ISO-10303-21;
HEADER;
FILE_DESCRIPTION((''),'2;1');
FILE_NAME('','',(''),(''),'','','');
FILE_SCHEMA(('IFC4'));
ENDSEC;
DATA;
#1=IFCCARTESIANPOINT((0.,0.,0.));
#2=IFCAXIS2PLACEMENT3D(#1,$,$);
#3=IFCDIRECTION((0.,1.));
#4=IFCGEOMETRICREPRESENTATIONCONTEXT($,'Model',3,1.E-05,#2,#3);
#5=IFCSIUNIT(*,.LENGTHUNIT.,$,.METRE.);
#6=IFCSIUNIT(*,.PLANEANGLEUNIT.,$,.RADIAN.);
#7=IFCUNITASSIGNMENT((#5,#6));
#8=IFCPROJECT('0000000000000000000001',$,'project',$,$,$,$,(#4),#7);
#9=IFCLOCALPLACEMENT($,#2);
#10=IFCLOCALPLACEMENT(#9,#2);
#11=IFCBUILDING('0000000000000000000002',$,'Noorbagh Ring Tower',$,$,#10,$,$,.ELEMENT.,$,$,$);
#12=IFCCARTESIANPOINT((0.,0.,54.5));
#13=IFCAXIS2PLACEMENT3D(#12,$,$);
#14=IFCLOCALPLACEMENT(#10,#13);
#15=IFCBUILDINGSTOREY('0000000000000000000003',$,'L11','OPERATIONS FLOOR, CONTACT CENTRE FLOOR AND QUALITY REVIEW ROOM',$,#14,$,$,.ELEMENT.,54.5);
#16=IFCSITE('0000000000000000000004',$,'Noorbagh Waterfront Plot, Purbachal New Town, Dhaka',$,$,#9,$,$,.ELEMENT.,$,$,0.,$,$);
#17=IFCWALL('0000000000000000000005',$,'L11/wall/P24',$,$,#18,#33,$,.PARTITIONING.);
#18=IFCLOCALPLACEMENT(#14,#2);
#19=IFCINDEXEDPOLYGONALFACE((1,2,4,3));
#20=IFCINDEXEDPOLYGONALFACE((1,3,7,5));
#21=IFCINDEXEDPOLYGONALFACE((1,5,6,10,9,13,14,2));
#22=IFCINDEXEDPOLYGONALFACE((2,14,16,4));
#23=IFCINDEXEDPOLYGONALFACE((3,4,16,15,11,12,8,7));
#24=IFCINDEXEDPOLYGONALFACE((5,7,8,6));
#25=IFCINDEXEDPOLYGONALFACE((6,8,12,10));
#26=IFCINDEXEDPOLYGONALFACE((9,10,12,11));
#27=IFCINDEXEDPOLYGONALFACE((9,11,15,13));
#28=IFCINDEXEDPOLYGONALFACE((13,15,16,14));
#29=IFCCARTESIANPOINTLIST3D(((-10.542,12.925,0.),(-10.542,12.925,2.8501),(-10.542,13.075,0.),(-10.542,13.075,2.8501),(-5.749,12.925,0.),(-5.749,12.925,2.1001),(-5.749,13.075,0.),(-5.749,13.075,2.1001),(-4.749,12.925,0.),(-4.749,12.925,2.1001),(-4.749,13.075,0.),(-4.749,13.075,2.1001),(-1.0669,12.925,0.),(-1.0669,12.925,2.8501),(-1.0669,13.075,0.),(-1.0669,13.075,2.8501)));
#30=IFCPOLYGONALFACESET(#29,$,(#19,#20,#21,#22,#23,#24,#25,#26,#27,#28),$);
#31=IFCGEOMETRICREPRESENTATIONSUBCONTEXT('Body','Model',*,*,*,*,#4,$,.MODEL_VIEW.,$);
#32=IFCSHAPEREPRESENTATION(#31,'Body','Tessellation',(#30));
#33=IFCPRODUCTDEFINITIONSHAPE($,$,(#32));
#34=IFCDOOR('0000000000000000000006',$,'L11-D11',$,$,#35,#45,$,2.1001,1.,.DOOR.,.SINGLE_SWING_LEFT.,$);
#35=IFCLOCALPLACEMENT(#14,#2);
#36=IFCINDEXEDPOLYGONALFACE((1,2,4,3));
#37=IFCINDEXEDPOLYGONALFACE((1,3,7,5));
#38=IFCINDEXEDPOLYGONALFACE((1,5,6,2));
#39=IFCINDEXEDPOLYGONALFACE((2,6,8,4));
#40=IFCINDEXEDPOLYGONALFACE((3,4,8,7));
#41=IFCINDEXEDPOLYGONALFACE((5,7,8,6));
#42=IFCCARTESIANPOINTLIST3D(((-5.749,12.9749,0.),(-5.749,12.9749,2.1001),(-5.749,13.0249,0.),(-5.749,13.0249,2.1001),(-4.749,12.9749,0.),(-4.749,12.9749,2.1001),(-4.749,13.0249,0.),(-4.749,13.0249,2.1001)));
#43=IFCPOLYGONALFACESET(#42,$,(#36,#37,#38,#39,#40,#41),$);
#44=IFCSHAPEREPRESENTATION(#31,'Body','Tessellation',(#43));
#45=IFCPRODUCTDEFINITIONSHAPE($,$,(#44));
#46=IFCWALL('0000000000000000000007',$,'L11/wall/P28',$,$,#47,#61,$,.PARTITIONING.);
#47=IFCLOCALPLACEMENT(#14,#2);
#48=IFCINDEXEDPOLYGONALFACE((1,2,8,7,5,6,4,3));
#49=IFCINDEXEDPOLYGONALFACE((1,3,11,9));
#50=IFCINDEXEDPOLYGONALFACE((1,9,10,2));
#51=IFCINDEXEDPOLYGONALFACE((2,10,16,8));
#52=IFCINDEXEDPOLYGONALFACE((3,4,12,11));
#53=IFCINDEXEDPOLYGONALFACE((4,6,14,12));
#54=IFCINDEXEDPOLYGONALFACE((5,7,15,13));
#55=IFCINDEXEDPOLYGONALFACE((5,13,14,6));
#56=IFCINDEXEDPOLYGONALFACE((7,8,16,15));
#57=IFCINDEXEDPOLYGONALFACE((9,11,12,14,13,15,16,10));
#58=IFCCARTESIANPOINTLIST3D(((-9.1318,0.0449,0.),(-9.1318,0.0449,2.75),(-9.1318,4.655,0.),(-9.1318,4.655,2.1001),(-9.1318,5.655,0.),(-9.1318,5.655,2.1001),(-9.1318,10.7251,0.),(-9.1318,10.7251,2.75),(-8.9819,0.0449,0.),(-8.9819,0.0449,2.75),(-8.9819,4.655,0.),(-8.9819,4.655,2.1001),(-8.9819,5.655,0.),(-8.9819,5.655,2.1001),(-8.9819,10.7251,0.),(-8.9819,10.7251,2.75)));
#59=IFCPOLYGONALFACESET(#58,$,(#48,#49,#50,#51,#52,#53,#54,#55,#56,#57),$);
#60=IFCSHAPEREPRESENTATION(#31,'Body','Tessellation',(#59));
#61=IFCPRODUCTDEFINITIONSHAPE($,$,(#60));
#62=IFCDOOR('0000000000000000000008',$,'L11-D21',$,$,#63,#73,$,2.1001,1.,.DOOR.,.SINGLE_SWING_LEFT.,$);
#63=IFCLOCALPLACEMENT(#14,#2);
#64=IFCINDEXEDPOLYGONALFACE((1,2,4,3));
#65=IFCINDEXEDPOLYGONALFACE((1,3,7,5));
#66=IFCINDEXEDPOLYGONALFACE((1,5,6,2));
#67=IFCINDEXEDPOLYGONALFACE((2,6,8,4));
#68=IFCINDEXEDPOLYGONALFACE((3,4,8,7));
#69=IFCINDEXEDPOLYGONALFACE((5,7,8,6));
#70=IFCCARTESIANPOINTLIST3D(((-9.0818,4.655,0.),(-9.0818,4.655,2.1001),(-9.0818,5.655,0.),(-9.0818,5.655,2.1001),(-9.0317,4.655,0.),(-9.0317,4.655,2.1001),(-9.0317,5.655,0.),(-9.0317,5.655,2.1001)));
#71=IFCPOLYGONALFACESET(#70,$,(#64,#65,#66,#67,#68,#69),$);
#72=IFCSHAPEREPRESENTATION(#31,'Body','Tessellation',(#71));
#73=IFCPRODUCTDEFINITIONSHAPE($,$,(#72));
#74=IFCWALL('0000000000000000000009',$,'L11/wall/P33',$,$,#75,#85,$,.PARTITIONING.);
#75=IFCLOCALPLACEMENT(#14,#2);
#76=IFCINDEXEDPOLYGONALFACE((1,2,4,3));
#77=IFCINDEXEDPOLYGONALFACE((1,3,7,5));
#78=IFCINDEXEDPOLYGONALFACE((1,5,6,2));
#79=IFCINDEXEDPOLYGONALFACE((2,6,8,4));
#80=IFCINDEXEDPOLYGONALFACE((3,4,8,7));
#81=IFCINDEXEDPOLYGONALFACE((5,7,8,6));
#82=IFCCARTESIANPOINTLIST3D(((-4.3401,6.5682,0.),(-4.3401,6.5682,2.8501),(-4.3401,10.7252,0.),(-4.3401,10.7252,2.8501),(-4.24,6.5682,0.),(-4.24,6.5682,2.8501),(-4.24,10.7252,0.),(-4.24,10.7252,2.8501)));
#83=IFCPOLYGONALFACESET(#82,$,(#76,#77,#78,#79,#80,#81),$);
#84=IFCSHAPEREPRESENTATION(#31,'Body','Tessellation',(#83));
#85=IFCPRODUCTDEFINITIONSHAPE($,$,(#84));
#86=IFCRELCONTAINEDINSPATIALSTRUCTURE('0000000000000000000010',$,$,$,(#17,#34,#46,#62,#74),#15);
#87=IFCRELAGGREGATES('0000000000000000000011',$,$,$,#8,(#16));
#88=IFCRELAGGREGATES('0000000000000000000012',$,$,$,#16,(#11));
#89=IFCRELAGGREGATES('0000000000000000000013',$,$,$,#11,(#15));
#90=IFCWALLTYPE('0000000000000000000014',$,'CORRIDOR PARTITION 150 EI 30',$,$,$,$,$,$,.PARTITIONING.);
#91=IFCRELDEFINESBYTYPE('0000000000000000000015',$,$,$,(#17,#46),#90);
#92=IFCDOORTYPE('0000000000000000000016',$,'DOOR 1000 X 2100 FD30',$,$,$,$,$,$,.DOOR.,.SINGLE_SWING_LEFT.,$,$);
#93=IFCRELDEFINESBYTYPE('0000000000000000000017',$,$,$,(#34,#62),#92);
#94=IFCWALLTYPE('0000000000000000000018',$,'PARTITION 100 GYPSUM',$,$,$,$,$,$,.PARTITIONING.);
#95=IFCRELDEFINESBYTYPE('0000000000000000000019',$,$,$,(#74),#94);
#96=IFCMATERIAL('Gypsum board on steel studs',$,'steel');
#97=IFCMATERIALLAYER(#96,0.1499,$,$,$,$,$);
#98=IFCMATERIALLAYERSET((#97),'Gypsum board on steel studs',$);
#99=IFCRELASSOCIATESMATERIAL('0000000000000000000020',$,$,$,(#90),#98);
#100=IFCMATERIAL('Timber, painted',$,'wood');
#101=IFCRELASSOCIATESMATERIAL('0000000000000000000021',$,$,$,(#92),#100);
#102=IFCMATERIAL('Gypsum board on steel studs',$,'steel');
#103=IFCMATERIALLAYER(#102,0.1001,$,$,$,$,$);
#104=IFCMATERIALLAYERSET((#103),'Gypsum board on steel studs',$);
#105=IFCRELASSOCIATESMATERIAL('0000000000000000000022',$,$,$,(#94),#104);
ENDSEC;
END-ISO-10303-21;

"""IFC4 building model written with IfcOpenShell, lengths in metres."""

from ifc_helpers import new_model, si_unit, direction, frame, frame_2d, origin, place, context, subcontext, project, spatial, rectangle, extrude, material, layer, layer_set, type_object, element, fill, save


model = new_model("IFC4")

# Units and contexts
model_context = context("Model", 3, precision=1e-05, world=origin(), true_north=direction((0.0, 1.0)))
body_context = subcontext(model_context, "Body", "Model", "MODEL_VIEW")
ifc_project = project(units=[si_unit("LENGTHUNIT", "METRE"), si_unit("PLANEANGLEUNIT", "RADIAN")], contexts=[model_context])

# Site, building, storey
site_placement = place(None, origin())
site = spatial("IfcSite", under=ifc_project, at=site_placement, Name="Noorbagh Waterfront Plot, Purbachal New Town, Dhaka", CompositionType="ELEMENT", RefElevation=0.0)
building_placement = place(site_placement, origin())
building = spatial("IfcBuilding", under=site, at=building_placement, Name="Noorbagh Ring Tower", CompositionType="ELEMENT")
storey_placement = place(building_placement, frame((0.0, 0.0, 54.5)))
storey = spatial("IfcBuildingStorey", under=building, at=storey_placement, Name="L11", Description="OPERATIONS FLOOR, CONTACT CENTRE FLOOR AND QUALITY REVIEW ROOM", CompositionType="ELEMENT", Elevation=54.5)

# Shared definitions
ifc_material_1 = material(Name="Gypsum board on steel studs", Category="steel")
ifc_layer_1 = layer(ifc_material_1, 0.1499)
ifc_layer_set_1 = layer_set([ifc_layer_1], Name="Gypsum board on steel studs")
wall_type_1 = type_object("IfcWallType", Name="CORRIDOR PARTITION 150 EI 30", PredefinedType="PARTITIONING", material=ifc_layer_set_1)

# Shared definitions
ifc_material_2 = material(Name="Timber, painted", Category="wood")
door_type_1 = type_object("IfcDoorType", Name="DOOR 1000 X 2100 FD30", OperationType="SINGLE_SWING_LEFT", PredefinedType="DOOR", material=ifc_material_2)

# Walls, openings, doors
wall_1_placement = place(storey_placement, frame((-10.542, 13.0, 0.0), z_axis=(0.0, 0.0, 1.0), x_axis=(1.0, 0.0, 0.0)))
wall_1 = element("IfcWall", 1, at=wall_1_placement, inside=storey, type_object=wall_type_1, Name="L11/wall/P24", PredefinedType="PARTITIONING", context=body_context, shape_type="SweptSolid", body=[
    extrude(rectangle(XDim=9.4751, YDim=0.1499, at=frame_2d((4.7375, 0.0))), origin(), (0.0, 0.0, 1.0), 2.8501),
])
opening_1_placement = place(wall_1_placement, frame((4.793, 0.0, 0.0)))
opening_1 = element("IfcOpeningElement", 2, at=opening_1_placement, cuts=wall_1, PredefinedType="OPENING", context=body_context, shape_type="SweptSolid", body=[
    extrude(rectangle(XDim=1.0, YDim=2.1001, at=frame_2d((0.5, 1.05))), frame((0.0, 0.085, 0.0), z_axis=(0.0, -1.0, 0.0), x_axis=(1.0, 0.0, 0.0)), (0.0, 0.0, 1.0), 0.1699),
])
door_1_placement = place(opening_1_placement, origin())
door_1 = element("IfcDoor", 3, at=door_1_placement, inside=storey, type_object=door_type_1, Name="L11-D11", OperationType="SINGLE_SWING_LEFT", OverallHeight=2.1001, OverallWidth=1.0, PredefinedType="DOOR", context=body_context, shape_type="SweptSolid", body=[
    extrude(rectangle(XDim=1.0, YDim=2.1001, at=frame_2d((0.5, 1.05))), frame((0.0, 0.0249, 0.0), z_axis=(0.0, -1.0, 0.0), x_axis=(1.0, 0.0, 0.0)), (0.0, 0.0, 1.0), 0.05),
])
fill(opening_1, door_1)
wall_2_placement = place(storey_placement, frame((-9.0569, 0.0449, 0.0), z_axis=(0.0, 0.0, 1.0), x_axis=(0.0, 1.0, 0.0)))
wall_2 = element("IfcWall", 4, at=wall_2_placement, inside=storey, type_object=wall_type_1, Name="L11/wall/P28", PredefinedType="PARTITIONING", context=body_context, shape_type="SweptSolid", body=[
    extrude(rectangle(XDim=10.6802, YDim=0.1499, at=frame_2d((5.3401, 0.0))), origin(), (0.0, 0.0, 1.0), 2.75),
])
opening_2_placement = place(wall_2_placement, frame((4.6101, 0.0, 0.0)))
opening_2 = element("IfcOpeningElement", 5, at=opening_2_placement, cuts=wall_2, PredefinedType="OPENING", context=body_context, shape_type="SweptSolid", body=[
    extrude(rectangle(XDim=1.0, YDim=2.1001, at=frame_2d((0.5, 1.05))), frame((0.0, 0.085, 0.0), z_axis=(0.0, -1.0, 0.0), x_axis=(1.0, 0.0, 0.0)), (0.0, 0.0, 1.0), 0.1699),
])
door_2_placement = place(opening_2_placement, origin())
door_2 = element("IfcDoor", 6, at=door_2_placement, inside=storey, type_object=door_type_1, Name="L11-D21", OperationType="SINGLE_SWING_LEFT", OverallHeight=2.1001, OverallWidth=1.0, PredefinedType="DOOR", context=body_context, shape_type="SweptSolid", body=[
    extrude(rectangle(XDim=1.0, YDim=2.1001, at=frame_2d((0.5, 1.05))), frame((0.0, 0.0249, 0.0), z_axis=(0.0, -1.0, 0.0), x_axis=(1.0, 0.0, 0.0)), (0.0, 0.0, 1.0), 0.05),
])
fill(opening_2, door_2)

# Wall
ifc_material_3 = material(Name="Gypsum board on steel studs", Category="steel")
ifc_layer_2 = layer(ifc_material_3, 0.1001)
ifc_layer_set_2 = layer_set([ifc_layer_2], Name="Gypsum board on steel studs")
wall_type_2 = type_object("IfcWallType", Name="PARTITION 100 GYPSUM", PredefinedType="PARTITIONING", material=ifc_layer_set_2)
wall_3_placement = place(storey_placement, frame((-4.29, 6.5681, 0.0), z_axis=(0.0, 0.0, 1.0), x_axis=(0.0, 1.0, 0.0)))
element("IfcWall", 7, at=wall_3_placement, inside=storey, type_object=wall_type_2, Name="L11/wall/P33", PredefinedType="PARTITIONING", context=body_context, shape_type="SweptSolid", body=[
    extrude(rectangle(XDim=4.157, YDim=0.1001, at=frame_2d((2.0786, 0.0))), origin(), (0.0, 0.0, 1.0), 2.8501),
])

save(model, "model.ifc")
